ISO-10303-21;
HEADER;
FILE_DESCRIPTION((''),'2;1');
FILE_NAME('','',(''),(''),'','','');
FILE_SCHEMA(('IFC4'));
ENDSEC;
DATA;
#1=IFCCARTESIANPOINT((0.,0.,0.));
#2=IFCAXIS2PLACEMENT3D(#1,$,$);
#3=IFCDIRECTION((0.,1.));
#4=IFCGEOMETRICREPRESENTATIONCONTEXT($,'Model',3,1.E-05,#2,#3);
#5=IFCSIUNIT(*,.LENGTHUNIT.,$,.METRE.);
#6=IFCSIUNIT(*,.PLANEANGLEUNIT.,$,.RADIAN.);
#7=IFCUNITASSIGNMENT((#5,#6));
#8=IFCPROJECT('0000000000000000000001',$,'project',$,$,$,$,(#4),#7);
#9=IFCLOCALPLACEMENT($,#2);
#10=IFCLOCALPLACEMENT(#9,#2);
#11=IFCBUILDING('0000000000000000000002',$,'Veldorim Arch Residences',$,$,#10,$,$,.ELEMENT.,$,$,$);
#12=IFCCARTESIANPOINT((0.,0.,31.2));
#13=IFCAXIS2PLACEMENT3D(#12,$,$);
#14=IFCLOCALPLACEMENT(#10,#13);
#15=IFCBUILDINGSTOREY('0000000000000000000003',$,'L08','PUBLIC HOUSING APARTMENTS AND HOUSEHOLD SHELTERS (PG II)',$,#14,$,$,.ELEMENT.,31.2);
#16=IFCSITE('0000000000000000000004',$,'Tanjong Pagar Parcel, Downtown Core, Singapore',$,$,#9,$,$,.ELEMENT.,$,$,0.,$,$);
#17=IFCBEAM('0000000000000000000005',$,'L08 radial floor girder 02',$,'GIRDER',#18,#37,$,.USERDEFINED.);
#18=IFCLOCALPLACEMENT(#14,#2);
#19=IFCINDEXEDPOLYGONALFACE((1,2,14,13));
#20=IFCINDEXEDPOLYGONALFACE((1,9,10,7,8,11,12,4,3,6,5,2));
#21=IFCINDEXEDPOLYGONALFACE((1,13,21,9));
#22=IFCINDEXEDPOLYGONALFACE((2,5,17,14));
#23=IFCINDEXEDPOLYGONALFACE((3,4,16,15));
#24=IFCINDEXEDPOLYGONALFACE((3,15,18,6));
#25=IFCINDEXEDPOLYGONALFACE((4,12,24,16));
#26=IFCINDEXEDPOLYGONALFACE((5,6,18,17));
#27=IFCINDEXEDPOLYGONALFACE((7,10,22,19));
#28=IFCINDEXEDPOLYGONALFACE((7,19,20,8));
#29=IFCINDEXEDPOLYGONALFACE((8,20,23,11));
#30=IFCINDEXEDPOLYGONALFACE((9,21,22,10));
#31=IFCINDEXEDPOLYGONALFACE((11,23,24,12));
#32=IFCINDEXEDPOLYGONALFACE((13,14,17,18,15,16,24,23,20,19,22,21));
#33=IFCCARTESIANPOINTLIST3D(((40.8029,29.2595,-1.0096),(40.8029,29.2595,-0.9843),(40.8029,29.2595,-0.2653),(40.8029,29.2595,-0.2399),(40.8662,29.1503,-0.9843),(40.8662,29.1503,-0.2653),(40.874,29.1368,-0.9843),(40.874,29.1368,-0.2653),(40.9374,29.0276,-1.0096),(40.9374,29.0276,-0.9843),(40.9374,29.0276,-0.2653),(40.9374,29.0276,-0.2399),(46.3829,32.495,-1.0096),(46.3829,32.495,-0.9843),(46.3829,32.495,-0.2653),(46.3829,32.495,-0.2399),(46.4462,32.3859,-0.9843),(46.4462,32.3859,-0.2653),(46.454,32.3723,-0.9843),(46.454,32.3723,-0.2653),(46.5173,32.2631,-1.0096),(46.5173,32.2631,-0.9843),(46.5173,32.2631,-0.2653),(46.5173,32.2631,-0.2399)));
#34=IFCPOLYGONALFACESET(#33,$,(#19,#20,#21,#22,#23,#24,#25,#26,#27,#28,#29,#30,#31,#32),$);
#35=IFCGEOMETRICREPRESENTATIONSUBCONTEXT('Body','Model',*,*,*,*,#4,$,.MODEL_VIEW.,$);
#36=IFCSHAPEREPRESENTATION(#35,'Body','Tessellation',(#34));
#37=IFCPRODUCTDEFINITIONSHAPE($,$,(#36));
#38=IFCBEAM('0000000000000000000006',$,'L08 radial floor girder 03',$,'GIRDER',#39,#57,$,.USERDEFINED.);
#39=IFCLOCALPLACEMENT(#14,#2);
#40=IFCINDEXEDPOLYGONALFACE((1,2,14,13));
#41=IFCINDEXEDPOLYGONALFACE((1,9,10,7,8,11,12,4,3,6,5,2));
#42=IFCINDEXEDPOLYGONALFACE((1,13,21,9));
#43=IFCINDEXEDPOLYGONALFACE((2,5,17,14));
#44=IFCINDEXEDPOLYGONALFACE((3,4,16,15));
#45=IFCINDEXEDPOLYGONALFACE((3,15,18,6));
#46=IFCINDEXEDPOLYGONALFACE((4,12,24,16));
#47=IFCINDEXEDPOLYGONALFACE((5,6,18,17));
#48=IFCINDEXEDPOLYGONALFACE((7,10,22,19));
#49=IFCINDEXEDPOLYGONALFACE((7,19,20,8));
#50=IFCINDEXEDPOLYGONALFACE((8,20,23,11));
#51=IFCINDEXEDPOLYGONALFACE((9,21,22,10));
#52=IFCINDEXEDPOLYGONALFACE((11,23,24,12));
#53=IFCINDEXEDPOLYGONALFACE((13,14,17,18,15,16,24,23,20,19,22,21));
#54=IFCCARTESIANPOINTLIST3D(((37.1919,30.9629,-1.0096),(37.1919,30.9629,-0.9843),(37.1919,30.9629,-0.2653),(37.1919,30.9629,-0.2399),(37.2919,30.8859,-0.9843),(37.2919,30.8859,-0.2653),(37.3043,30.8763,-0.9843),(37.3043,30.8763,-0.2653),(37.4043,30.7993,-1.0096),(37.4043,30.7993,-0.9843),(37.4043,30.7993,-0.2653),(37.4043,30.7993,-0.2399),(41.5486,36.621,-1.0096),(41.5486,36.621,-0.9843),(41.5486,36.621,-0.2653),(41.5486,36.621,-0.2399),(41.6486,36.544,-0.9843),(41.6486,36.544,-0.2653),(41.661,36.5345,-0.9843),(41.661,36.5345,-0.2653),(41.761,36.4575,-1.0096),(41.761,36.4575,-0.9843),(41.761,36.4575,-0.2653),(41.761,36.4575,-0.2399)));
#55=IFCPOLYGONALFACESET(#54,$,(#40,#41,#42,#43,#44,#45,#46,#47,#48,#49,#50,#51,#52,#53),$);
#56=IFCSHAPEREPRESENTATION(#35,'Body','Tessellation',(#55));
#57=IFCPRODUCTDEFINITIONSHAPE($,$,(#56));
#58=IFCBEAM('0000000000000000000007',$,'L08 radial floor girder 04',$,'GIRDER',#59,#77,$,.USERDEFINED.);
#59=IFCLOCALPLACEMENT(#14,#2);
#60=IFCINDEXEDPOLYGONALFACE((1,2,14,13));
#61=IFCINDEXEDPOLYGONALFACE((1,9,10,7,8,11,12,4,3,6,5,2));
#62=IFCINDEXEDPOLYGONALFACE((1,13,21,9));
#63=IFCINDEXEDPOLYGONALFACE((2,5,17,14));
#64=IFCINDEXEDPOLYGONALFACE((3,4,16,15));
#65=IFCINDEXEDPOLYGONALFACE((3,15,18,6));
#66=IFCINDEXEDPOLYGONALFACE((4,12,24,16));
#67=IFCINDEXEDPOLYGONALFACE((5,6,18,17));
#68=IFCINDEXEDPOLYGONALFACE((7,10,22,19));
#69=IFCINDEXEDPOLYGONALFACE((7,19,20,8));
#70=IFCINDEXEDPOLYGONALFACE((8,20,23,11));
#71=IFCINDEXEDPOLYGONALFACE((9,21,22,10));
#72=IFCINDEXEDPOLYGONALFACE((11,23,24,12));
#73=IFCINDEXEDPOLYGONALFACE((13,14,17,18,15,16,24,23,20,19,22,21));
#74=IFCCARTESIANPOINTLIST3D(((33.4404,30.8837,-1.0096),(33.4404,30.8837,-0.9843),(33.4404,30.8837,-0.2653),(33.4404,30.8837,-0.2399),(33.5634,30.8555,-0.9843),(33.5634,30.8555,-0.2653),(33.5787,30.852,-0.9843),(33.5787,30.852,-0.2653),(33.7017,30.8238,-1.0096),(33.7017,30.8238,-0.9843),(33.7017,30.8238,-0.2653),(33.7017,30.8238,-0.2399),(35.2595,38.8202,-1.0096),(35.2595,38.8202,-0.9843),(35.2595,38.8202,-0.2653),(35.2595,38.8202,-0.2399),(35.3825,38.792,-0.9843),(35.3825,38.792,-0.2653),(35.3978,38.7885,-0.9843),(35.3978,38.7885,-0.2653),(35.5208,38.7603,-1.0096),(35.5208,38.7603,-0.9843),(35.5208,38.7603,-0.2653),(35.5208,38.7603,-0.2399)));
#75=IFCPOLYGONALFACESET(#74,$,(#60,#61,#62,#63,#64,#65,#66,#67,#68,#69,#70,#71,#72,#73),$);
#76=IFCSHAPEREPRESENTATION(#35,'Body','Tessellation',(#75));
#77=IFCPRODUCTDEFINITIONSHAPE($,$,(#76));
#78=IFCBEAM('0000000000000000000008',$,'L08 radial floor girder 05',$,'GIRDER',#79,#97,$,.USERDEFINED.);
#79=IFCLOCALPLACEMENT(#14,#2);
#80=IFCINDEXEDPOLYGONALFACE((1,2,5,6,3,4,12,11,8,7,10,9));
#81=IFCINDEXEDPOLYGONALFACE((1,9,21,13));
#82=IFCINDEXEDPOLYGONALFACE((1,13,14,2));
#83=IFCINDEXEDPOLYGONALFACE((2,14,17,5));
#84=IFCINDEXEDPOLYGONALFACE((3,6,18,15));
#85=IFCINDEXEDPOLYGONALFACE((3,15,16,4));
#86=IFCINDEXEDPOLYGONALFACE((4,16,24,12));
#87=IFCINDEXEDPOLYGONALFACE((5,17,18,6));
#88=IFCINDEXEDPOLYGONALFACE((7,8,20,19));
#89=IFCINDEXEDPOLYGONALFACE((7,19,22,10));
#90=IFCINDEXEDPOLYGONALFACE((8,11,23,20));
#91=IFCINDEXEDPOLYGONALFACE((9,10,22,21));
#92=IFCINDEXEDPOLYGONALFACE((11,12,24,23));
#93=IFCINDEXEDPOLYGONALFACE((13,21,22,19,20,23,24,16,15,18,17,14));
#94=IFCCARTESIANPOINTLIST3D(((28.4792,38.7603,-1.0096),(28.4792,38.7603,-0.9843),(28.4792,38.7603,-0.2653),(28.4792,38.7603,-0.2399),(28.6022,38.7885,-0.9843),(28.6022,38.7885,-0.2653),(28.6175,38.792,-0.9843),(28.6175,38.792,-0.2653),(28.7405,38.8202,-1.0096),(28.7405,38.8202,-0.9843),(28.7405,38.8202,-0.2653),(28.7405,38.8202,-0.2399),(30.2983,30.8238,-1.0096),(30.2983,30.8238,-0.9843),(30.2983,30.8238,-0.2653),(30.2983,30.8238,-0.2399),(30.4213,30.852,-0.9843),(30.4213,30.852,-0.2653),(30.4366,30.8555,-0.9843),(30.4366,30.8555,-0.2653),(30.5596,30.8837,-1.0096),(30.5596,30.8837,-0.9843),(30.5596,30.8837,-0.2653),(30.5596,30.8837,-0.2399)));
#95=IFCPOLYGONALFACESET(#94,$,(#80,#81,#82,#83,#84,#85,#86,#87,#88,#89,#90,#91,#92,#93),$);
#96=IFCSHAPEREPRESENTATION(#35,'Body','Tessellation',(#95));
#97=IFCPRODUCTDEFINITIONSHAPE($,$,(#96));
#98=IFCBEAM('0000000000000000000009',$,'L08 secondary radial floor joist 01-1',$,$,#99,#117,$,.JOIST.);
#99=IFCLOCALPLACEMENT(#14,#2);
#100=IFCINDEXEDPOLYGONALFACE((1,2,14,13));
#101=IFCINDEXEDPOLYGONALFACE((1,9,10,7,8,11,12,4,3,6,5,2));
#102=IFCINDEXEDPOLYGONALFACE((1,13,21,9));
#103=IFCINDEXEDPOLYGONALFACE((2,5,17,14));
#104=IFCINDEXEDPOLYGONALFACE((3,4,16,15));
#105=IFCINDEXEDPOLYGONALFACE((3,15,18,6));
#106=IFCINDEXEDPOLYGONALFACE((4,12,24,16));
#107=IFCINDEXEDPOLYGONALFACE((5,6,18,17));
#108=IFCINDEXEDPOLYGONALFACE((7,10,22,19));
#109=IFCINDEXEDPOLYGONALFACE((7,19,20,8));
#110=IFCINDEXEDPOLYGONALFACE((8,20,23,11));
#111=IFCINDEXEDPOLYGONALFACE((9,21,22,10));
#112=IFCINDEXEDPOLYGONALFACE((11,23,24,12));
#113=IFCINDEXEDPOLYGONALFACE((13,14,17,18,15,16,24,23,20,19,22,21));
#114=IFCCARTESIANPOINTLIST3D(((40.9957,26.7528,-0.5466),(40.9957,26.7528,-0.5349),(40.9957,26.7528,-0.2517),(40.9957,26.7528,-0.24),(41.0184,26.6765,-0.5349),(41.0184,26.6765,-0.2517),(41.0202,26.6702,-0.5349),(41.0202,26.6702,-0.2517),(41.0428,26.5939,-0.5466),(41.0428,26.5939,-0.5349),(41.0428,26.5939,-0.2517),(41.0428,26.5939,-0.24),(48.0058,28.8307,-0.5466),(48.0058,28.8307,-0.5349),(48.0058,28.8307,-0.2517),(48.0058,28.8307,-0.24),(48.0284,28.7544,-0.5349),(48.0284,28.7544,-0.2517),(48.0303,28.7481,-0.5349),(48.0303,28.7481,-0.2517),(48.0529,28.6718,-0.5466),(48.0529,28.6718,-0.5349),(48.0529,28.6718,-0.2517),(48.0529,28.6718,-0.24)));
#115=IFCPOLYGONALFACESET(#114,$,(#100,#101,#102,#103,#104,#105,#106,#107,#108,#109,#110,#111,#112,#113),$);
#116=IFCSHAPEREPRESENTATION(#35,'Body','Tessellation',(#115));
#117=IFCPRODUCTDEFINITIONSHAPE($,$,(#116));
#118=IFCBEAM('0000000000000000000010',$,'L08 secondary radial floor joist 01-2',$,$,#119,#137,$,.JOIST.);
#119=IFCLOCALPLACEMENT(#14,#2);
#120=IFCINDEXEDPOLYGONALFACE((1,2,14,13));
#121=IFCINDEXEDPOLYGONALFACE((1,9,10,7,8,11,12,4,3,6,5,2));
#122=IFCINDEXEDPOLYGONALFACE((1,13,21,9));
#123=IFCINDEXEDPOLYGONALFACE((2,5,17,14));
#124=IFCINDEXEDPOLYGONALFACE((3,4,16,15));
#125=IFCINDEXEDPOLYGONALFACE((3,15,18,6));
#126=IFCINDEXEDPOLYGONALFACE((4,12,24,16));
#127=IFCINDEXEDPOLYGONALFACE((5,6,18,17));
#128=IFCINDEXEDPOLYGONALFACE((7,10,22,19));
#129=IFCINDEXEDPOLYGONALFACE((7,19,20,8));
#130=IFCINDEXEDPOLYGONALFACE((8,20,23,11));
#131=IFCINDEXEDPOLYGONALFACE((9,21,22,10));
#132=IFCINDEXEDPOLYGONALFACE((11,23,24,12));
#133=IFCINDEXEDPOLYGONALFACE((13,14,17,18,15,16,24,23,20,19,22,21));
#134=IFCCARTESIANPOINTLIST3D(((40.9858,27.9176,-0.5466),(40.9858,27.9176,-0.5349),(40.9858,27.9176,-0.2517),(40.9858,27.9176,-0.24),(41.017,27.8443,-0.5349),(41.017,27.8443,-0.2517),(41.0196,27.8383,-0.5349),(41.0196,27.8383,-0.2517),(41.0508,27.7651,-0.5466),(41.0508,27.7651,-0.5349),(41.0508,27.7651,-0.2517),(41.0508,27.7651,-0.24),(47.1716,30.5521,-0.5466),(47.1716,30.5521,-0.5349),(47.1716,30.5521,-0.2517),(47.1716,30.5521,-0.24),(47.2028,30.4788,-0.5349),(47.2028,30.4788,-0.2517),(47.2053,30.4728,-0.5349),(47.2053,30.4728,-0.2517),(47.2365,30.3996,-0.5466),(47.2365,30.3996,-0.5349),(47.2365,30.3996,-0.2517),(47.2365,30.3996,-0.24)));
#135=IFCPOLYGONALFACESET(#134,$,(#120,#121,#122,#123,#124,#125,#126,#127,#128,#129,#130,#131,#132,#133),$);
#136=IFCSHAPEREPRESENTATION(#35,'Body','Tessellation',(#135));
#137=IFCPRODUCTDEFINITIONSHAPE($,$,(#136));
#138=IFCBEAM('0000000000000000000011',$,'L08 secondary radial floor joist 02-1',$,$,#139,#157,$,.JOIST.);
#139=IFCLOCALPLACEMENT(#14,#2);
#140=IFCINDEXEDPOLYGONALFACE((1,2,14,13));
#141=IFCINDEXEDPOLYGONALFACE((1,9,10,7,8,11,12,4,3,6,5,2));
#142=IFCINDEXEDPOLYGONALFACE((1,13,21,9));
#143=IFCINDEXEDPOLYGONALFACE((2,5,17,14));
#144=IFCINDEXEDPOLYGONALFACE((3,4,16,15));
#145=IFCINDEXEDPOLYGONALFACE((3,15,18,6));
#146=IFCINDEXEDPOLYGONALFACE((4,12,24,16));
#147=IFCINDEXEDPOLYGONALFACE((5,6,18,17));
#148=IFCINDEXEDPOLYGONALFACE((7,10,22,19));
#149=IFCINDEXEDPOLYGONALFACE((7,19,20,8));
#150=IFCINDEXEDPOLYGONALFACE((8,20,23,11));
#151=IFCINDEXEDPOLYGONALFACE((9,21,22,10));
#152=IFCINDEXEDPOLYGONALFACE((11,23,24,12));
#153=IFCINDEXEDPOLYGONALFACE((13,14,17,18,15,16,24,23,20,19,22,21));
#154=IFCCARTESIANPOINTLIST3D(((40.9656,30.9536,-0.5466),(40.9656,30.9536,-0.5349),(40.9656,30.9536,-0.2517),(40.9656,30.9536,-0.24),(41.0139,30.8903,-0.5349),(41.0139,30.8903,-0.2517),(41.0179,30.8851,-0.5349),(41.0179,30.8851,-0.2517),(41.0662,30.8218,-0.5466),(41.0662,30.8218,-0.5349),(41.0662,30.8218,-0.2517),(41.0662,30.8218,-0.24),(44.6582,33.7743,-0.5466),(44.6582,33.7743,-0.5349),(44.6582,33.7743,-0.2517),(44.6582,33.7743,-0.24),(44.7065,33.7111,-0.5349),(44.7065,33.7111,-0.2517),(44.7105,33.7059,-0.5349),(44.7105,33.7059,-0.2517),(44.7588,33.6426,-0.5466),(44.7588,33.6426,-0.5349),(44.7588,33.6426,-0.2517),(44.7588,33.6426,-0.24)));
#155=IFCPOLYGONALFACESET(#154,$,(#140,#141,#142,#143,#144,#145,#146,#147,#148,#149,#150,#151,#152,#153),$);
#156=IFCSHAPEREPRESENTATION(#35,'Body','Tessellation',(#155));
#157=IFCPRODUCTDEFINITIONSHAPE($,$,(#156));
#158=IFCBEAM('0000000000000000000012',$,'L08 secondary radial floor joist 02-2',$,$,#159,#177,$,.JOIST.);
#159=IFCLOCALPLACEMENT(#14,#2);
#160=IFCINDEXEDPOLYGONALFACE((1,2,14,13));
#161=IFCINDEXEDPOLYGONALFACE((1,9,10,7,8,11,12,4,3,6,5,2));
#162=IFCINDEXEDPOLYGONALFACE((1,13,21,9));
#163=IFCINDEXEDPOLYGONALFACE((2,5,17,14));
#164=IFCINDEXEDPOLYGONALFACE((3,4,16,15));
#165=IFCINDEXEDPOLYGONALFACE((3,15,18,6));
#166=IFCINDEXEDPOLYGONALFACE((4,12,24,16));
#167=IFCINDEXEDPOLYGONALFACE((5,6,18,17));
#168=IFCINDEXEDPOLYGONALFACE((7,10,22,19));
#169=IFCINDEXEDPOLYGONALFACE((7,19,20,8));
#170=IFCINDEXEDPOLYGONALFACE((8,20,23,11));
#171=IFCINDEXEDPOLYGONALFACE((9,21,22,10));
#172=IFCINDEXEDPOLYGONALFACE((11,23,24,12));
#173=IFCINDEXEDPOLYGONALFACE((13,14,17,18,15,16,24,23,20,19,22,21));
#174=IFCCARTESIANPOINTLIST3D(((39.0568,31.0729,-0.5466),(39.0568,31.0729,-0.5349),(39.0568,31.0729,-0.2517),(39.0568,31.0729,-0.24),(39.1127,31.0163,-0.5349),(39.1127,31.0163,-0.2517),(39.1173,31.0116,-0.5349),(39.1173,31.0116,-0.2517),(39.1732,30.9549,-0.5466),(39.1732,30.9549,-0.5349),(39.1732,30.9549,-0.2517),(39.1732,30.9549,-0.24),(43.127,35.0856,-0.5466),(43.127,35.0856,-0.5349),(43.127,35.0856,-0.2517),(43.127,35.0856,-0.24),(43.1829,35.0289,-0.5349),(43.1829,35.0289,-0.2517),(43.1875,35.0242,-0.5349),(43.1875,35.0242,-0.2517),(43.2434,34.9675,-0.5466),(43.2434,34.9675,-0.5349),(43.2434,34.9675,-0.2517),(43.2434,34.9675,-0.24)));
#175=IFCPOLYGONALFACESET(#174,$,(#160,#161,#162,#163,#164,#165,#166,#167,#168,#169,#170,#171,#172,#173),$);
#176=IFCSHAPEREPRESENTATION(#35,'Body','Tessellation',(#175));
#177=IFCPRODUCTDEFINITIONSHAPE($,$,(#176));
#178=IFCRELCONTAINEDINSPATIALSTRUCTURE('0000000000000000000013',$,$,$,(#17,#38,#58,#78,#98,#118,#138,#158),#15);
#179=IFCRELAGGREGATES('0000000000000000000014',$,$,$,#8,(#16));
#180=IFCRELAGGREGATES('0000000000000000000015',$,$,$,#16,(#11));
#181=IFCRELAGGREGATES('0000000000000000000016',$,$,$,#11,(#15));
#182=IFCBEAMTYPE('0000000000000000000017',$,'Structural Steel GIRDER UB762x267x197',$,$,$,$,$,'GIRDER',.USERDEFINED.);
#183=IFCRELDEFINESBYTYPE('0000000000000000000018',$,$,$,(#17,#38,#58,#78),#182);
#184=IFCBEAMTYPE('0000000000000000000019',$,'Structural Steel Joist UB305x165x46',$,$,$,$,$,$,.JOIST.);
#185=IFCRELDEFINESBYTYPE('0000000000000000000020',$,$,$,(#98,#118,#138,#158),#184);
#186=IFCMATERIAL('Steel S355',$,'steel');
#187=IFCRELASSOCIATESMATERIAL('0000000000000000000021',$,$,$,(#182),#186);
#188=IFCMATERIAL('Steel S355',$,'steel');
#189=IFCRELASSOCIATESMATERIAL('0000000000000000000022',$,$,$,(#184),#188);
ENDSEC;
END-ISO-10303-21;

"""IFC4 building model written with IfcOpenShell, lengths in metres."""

from ifc_helpers import new_model, si_unit, direction, frame, origin, origin_2d, place, context, subcontext, project, spatial, i_section, extrude, material, material_profile, profile_set, type_object, element, save


model = new_model("IFC4")

# Units and contexts
model_context = context("Model", 3, precision=1e-05, world=origin(), true_north=direction((0.0, 1.0)))
body_context = subcontext(model_context, "Body", "Model", "MODEL_VIEW")
ifc_project = project(units=[si_unit("LENGTHUNIT", "METRE"), si_unit("PLANEANGLEUNIT", "RADIAN")], contexts=[model_context])

# Site, building, storey
site_placement = place(None, origin())
site = spatial("IfcSite", under=ifc_project, at=site_placement, Name="Tanjong Pagar Parcel, Downtown Core, Singapore", CompositionType="ELEMENT", RefElevation=0.0)
building_placement = place(site_placement, origin())
building = spatial("IfcBuilding", under=site, at=building_placement, Name="Veldorim Arch Residences", CompositionType="ELEMENT")
storey_placement = place(building_placement, frame((0.0, 0.0, 31.2)))
storey = spatial("IfcBuildingStorey", under=building, at=storey_placement, Name="L08", Description="PUBLIC HOUSING APARTMENTS AND HOUSEHOLD SHELTERS (PG II)", CompositionType="ELEMENT", Elevation=31.2)

# Beams
ifc_material_1 = material(Name="Steel S355", Category="steel")
ifc_material_profile_1 = material_profile(ifc_material_1, i_section(OverallWidth=0.2681, OverallDepth=0.7698, WebThickness=0.0156, FlangeThickness=0.0254, at=origin_2d()), Name="UB762x267x197")
ifc_profile_set_1 = profile_set([ifc_material_profile_1], Name="Steel S355")
beam_type_1 = type_object("IfcBeamType", Name="Structural Steel GIRDER UB762x267x197", ElementType="GIRDER", PredefinedType="USERDEFINED", material=ifc_profile_set_1)
beam_1_placement = place(storey_placement, frame((40.8701, 29.1436, -0.6248), z_axis=(0.865088, 0.50162, 0.0), x_axis=(-0.50162, 0.865088, 0.0)))
element("IfcBeam", 1, at=beam_1_placement, inside=storey, type_object=beam_type_1, Name="L08 radial floor girder 02", ObjectType="GIRDER", PredefinedType="USERDEFINED", context=body_context, shape_type="SweptSolid", body=[
    extrude(i_section(OverallWidth=0.2681, OverallDepth=0.7698, WebThickness=0.0156, FlangeThickness=0.0254, at=origin_2d()), origin(), (0.0, 0.0, 1.0), 6.4502),
])
beam_2_placement = place(storey_placement, frame((37.2981, 30.8811, -0.6248), z_axis=(0.610082, 0.792338, 0.0), x_axis=(-0.792338, 0.610082, 0.0)))
element("IfcBeam", 2, at=beam_2_placement, inside=storey, type_object=beam_type_1, Name="L08 radial floor girder 03", ObjectType="GIRDER", PredefinedType="USERDEFINED", context=body_context, shape_type="SweptSolid", body=[
    extrude(i_section(OverallWidth=0.2681, OverallDepth=0.7698, WebThickness=0.0156, FlangeThickness=0.0254, at=origin_2d()), origin(), (0.0, 0.0, 1.0), 7.1411),
])
for number, where, z_axis, x_axis, name in (
    (3, (33.571, 30.8538, -0.6248), (0.223412, 0.974724, 0.0), (-0.974724, 0.223412, 0.0), "L08 radial floor girder 04"),
    (4, (30.429, 30.8538, -0.6248), (-0.223412, 0.974724, 0.0), (-0.974724, -0.223412, 0.0), "L08 radial floor girder 05"),
):
    element("IfcBeam", number, at=place(storey_placement, frame(where, z_axis=z_axis, x_axis=x_axis)), inside=storey, type_object=beam_type_1, Name=name, ObjectType="GIRDER", PredefinedType="USERDEFINED", context=body_context, shape_type="SweptSolid", body=[
        extrude(i_section(OverallWidth=0.2681, OverallDepth=0.7698, WebThickness=0.0156, FlangeThickness=0.0254, at=origin_2d()), origin(), (0.0, 0.0, 1.0), 8.1423),
    ])
ifc_material_2 = material(Name="Steel S355", Category="steel")
ifc_material_profile_2 = material_profile(ifc_material_2, i_section(OverallWidth=0.1658, OverallDepth=0.3066, WebThickness=0.0066, FlangeThickness=0.0117, at=origin_2d()), Name="UB305x165x46")
ifc_profile_set_2 = profile_set([ifc_material_profile_2], Name="Steel S355")
beam_type_2 = type_object("IfcBeamType", Name="Structural Steel Joist UB305x165x46", PredefinedType="JOIST", material=ifc_profile_set_2)
beam_3_placement = place(storey_placement, frame((41.0193, 26.6733, -0.3933), z_axis=(0.958767, 0.284194, 0.0), x_axis=(-0.284194, 0.958767, 0.0)))
element("IfcBeam", 5, at=beam_3_placement, inside=storey, type_object=beam_type_2, Name="L08 secondary radial floor joist 01-1", PredefinedType="JOIST", context=body_context, shape_type="SweptSolid", body=[
    extrude(i_section(OverallWidth=0.1658, OverallDepth=0.3066, WebThickness=0.0066, FlangeThickness=0.0117, at=origin_2d()), origin(), (0.0, 0.0, 1.0), 7.3115),
])
beam_4_placement = place(storey_placement, frame((41.0183, 27.8413, -0.3933), z_axis=(0.920033, 0.391841, 0.0), x_axis=(-0.391841, 0.920033, 0.0)))
element("IfcBeam", 6, at=beam_4_placement, inside=storey, type_object=beam_type_2, Name="L08 secondary radial floor joist 01-2", PredefinedType="JOIST", context=body_context, shape_type="SweptSolid", body=[
    extrude(i_section(OverallWidth=0.1658, OverallDepth=0.3066, WebThickness=0.0066, FlangeThickness=0.0117, at=origin_2d()), origin(), (0.0, 0.0, 1.0), 6.7234),
])
beam_5_placement = place(storey_placement, frame((41.0159, 30.8877, -0.3933), z_axis=(0.794666, 0.607046, 0.0), x_axis=(-0.607046, 0.794666, 0.0)))
element("IfcBeam", 7, at=beam_5_placement, inside=storey, type_object=beam_type_2, Name="L08 secondary radial floor joist 02-1", PredefinedType="JOIST", context=body_context, shape_type="SweptSolid", body=[
    extrude(i_section(OverallWidth=0.1658, OverallDepth=0.3066, WebThickness=0.0066, FlangeThickness=0.0117, at=origin_2d()), origin(), (0.0, 0.0, 1.0), 4.6467),
])
beam_6_placement = place(storey_placement, frame((39.115, 31.0139, -0.3933), z_axis=(0.712129, 0.702049, 0.0), x_axis=(-0.702049, 0.712129, 0.0)))
element("IfcBeam", 8, at=beam_6_placement, inside=storey, type_object=beam_type_2, Name="L08 secondary radial floor joist 02-2", PredefinedType="JOIST", context=body_context, shape_type="SweptSolid", body=[
    extrude(i_section(OverallWidth=0.1658, OverallDepth=0.3066, WebThickness=0.0066, FlangeThickness=0.0117, at=origin_2d()), origin(), (0.0, 0.0, 1.0), 5.7156),
])

save(model, "model.ifc")
